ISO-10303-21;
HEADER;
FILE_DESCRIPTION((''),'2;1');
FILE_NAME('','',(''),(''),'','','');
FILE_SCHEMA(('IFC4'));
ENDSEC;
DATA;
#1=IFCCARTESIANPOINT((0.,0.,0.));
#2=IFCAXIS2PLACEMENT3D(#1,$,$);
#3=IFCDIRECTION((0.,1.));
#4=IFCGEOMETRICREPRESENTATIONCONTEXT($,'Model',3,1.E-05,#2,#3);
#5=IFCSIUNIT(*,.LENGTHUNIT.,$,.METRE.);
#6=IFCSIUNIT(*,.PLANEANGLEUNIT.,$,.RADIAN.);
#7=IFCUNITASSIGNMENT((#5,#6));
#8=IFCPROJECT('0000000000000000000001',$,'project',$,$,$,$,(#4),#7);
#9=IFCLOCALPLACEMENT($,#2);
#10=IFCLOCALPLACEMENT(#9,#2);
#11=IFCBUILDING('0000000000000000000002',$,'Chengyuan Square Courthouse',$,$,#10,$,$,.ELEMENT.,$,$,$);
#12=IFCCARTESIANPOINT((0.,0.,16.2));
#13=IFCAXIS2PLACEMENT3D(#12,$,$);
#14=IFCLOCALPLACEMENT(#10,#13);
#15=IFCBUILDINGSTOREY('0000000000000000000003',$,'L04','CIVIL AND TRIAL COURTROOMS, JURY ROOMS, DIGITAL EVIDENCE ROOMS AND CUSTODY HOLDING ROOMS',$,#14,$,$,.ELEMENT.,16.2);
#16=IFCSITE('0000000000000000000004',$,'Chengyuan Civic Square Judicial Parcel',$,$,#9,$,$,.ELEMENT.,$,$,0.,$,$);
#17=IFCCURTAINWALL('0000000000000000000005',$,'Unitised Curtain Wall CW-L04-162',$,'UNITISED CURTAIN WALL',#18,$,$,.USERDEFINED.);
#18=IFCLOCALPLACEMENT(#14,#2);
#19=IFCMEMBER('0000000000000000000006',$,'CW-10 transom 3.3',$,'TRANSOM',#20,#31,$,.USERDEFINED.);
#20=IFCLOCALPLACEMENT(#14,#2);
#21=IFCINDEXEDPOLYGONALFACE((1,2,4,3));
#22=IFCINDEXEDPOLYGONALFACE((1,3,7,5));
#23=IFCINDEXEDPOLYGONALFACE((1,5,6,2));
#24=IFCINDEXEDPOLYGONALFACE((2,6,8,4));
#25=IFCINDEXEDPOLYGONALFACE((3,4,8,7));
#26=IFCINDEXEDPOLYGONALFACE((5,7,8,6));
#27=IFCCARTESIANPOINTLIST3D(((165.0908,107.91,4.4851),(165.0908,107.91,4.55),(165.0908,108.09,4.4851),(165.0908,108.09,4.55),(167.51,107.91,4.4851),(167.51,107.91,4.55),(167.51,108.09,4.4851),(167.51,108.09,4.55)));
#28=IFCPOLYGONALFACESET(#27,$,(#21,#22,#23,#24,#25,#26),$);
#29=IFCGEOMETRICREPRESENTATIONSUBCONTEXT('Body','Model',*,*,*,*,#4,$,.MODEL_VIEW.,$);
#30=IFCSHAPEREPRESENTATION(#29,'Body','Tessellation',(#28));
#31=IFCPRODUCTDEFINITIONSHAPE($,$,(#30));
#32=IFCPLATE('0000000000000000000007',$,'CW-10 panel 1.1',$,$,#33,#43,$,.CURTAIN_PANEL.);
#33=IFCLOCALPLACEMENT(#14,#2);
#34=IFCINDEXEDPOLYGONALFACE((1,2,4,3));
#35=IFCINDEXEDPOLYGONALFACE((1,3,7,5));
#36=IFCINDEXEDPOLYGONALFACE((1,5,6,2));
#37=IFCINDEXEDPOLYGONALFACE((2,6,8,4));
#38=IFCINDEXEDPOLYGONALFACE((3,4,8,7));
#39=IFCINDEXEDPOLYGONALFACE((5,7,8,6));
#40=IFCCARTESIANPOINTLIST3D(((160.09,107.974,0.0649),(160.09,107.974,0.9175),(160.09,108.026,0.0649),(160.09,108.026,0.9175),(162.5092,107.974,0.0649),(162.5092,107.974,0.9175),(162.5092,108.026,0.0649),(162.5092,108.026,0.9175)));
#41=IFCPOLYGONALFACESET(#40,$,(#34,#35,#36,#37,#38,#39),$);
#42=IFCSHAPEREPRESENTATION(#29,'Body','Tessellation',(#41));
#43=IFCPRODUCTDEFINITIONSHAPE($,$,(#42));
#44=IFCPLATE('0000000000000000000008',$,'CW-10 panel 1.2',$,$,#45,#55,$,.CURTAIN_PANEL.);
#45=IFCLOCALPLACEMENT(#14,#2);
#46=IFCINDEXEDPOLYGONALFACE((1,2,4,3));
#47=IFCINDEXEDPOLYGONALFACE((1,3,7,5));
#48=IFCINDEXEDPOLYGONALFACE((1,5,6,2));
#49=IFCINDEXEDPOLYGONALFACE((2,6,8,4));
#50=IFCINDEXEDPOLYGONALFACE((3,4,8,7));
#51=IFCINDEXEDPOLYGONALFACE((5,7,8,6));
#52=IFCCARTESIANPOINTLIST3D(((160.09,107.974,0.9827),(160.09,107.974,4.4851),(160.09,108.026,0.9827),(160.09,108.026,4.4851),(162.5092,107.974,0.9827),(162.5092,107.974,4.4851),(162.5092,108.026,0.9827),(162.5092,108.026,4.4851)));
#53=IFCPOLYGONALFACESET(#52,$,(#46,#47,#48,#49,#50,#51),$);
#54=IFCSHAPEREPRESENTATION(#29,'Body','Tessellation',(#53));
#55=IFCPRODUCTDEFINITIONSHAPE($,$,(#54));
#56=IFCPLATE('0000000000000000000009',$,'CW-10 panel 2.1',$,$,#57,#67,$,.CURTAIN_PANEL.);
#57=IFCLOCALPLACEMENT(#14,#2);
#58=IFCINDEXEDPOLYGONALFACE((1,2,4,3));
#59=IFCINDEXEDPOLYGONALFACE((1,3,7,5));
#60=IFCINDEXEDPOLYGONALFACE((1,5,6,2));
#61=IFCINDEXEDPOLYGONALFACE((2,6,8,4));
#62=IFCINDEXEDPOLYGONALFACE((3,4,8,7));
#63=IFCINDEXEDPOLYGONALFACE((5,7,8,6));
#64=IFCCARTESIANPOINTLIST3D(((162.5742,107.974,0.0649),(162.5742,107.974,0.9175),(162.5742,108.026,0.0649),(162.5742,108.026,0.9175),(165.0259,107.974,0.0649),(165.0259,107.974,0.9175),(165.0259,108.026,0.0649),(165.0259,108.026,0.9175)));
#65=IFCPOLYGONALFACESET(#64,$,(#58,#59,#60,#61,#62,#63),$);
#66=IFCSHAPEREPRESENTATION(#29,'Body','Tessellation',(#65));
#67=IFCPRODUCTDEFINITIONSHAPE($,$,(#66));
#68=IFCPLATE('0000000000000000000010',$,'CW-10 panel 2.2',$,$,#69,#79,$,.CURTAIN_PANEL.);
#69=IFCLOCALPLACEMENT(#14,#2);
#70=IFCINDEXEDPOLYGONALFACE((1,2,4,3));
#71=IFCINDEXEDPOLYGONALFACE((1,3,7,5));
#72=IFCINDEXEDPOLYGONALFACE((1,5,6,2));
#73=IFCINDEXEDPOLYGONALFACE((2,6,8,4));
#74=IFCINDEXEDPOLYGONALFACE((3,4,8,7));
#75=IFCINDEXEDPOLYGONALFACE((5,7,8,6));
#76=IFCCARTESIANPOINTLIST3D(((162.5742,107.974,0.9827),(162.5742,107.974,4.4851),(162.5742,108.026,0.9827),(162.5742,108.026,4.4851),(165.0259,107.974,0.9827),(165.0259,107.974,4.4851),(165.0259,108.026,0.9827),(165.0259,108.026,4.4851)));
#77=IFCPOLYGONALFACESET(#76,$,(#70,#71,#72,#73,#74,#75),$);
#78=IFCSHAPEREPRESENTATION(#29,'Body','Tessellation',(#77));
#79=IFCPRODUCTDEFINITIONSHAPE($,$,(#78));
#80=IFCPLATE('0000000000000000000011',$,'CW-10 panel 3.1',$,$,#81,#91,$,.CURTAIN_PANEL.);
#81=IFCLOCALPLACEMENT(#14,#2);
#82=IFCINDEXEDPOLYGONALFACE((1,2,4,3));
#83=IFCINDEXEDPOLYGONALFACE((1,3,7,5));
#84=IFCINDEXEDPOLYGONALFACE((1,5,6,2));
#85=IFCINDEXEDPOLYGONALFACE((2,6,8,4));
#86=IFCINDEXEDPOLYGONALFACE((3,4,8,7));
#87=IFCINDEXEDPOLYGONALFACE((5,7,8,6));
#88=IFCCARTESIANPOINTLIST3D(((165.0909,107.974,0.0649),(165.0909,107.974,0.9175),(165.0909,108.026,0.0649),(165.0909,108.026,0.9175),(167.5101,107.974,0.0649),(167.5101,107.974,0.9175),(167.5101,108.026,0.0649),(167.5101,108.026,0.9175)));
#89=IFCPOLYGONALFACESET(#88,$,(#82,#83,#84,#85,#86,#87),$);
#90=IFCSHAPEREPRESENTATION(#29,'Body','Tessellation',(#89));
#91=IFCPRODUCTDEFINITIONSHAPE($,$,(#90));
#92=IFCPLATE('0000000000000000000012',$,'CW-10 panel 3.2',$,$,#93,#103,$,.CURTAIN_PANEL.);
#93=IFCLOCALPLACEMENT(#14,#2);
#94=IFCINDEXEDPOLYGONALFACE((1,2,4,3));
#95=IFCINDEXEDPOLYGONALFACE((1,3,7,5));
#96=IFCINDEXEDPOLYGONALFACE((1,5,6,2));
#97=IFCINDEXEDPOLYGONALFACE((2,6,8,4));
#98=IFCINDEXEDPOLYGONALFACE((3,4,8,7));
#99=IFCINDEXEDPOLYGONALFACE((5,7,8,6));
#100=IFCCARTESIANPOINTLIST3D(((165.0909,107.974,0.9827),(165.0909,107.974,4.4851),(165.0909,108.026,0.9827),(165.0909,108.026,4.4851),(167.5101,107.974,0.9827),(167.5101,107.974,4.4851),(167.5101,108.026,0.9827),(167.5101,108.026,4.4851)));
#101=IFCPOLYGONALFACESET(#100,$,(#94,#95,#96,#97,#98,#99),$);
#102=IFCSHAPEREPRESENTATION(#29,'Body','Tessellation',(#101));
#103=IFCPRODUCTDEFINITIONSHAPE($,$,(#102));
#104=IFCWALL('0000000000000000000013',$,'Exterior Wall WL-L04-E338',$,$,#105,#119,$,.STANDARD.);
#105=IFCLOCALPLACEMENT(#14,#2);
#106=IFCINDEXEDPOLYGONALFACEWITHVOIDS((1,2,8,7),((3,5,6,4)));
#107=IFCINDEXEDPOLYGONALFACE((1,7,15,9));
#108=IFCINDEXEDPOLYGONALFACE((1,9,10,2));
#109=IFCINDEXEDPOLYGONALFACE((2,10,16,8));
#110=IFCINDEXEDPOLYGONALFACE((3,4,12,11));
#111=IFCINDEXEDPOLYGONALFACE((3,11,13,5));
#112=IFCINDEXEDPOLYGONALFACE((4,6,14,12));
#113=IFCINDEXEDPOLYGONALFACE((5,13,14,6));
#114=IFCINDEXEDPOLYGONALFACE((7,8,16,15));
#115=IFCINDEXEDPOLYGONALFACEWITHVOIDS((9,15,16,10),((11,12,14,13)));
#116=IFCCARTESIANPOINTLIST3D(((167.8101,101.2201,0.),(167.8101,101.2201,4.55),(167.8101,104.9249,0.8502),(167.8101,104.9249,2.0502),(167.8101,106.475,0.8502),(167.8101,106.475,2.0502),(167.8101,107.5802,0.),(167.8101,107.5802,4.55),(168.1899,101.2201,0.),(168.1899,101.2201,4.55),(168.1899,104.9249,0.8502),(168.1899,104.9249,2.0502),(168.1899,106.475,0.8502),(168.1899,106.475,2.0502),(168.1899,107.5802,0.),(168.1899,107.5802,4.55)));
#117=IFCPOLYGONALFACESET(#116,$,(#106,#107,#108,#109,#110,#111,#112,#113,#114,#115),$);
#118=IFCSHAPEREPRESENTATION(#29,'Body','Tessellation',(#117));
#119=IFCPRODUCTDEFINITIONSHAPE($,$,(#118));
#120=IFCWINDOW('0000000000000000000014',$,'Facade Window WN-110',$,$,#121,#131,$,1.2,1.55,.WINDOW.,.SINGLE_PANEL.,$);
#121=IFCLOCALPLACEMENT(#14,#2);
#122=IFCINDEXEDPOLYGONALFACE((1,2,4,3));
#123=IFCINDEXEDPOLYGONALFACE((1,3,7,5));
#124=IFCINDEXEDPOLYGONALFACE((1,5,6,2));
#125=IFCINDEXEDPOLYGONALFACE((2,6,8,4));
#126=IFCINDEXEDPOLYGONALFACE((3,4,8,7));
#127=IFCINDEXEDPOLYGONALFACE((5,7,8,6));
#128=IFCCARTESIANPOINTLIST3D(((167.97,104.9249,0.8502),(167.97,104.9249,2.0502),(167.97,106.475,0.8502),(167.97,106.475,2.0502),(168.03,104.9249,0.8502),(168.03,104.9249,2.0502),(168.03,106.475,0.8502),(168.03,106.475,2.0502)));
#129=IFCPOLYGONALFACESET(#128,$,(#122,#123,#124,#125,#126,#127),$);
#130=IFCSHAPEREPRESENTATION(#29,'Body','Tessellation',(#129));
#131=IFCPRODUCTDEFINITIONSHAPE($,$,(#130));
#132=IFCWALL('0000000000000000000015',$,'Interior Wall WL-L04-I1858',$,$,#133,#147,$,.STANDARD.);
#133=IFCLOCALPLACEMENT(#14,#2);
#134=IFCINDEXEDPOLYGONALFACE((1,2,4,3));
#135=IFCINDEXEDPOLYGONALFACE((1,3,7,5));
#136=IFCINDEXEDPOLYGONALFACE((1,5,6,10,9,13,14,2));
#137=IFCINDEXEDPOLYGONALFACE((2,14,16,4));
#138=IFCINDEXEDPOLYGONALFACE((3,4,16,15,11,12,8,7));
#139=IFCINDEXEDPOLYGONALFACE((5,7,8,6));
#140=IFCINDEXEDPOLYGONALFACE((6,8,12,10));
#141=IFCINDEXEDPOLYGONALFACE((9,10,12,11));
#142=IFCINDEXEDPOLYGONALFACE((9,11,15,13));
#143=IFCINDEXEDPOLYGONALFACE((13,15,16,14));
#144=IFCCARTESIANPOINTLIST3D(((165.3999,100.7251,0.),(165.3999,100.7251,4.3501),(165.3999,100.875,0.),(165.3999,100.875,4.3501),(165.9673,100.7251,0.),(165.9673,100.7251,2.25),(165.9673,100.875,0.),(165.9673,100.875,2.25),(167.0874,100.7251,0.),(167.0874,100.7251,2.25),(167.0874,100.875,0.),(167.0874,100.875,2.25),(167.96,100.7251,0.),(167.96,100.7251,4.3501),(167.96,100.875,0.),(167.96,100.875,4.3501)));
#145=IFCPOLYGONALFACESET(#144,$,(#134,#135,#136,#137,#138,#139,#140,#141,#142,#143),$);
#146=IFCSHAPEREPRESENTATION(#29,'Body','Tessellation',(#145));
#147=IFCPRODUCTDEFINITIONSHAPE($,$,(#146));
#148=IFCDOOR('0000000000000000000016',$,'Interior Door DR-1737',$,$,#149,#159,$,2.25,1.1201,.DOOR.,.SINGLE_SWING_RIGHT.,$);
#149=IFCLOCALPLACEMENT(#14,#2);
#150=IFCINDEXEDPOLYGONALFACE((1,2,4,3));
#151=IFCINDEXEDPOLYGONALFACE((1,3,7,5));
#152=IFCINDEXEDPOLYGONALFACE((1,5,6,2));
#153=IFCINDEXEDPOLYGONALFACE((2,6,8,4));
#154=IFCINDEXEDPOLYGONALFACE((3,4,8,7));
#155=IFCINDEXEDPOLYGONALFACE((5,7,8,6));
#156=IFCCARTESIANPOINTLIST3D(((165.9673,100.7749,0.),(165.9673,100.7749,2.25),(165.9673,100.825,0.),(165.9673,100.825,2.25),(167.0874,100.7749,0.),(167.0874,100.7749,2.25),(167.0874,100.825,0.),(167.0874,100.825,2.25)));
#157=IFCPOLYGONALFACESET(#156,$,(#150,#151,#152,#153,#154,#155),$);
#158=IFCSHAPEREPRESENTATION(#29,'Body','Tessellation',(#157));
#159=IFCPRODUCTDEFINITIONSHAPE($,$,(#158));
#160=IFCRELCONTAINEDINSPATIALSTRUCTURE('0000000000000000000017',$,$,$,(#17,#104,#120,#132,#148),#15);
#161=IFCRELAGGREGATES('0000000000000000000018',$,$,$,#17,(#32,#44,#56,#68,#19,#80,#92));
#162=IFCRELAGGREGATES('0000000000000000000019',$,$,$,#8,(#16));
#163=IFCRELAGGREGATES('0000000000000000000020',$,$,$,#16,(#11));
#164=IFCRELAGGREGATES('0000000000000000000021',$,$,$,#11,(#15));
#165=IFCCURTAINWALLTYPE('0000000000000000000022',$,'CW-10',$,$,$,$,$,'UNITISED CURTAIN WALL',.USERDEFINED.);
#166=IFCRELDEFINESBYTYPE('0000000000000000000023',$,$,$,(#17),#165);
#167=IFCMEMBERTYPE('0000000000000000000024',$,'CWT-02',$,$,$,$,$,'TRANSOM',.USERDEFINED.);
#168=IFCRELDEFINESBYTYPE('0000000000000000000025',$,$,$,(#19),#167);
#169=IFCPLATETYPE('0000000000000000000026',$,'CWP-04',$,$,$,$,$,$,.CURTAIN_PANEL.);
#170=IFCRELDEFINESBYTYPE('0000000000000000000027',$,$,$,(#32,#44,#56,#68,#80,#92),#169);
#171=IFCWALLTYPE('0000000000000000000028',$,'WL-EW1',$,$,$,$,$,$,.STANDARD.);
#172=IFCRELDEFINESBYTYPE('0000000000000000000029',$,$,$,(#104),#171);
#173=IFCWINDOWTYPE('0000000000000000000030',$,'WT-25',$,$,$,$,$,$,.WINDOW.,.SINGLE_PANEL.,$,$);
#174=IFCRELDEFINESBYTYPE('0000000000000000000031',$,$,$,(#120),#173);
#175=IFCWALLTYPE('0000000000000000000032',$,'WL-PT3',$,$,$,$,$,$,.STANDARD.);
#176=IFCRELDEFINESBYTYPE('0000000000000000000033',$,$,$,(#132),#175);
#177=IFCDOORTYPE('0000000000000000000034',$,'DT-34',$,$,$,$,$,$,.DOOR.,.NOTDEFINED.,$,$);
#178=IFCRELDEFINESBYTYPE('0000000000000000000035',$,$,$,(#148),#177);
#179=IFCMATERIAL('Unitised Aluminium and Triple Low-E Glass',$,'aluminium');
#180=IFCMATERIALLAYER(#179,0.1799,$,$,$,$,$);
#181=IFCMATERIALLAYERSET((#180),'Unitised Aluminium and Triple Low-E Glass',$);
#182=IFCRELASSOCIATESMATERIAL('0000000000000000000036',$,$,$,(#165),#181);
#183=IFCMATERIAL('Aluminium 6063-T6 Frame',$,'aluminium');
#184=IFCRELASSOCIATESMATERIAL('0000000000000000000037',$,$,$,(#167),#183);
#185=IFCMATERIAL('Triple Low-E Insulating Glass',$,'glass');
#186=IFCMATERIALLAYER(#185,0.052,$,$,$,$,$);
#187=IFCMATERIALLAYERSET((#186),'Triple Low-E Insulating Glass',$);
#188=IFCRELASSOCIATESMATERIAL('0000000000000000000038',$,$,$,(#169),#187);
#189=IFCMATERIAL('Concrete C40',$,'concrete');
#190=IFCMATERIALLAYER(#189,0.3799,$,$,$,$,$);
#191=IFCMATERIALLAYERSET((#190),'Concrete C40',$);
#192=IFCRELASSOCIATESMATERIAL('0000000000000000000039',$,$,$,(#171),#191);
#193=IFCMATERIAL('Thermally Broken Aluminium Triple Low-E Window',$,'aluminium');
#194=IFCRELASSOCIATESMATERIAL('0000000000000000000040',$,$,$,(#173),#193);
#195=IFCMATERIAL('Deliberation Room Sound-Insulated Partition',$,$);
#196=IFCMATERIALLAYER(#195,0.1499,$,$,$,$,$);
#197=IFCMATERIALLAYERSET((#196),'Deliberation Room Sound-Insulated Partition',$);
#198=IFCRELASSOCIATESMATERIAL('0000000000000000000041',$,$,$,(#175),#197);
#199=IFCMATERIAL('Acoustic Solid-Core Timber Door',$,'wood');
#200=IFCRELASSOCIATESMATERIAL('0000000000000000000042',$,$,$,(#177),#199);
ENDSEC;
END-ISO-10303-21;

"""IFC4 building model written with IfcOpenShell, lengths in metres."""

from ifc_helpers import new_model, si_unit, direction, frame, frame_2d, origin, origin_2d, place, context, subcontext, project, spatial, rectangle, extrude, material, layer, layer_set, material_profile, profile_set, type_object, element, fill, aggregate, save


model = new_model("IFC4")

# Units and contexts
model_context = context("Model", 3, precision=1e-05, world=origin(), true_north=direction((0.0, 1.0)))
body_context = subcontext(model_context, "Body", "Model", "MODEL_VIEW")
ifc_project = project(units=[si_unit("LENGTHUNIT", "METRE"), si_unit("PLANEANGLEUNIT", "RADIAN")], contexts=[model_context])

# Site, building, storey
site_placement = place(None, origin())
site = spatial("IfcSite", under=ifc_project, at=site_placement, Name="Chengyuan Civic Square Judicial Parcel", CompositionType="ELEMENT", RefElevation=0.0)
building_placement = place(site_placement, origin())
building = spatial("IfcBuilding", under=site, at=building_placement, Name="Chengyuan Square Courthouse", CompositionType="ELEMENT")
storey_placement = place(building_placement, frame((0.0, 0.0, 16.2)))
storey = spatial("IfcBuildingStorey", under=building, at=storey_placement, Name="L04", Description="CIVIL AND TRIAL COURTROOMS, JURY ROOMS, DIGITAL EVIDENCE ROOMS AND CUSTODY HOLDING ROOMS", CompositionType="ELEMENT", Elevation=16.2)

# Shared definitions
ifc_material_1 = material(Name="Concrete C40", Category="concrete")

# Curtain wall, member, plates
ifc_material_2 = material(Name="Unitised Aluminium and Triple Low-E Glass", Category="aluminium")
ifc_layer_1 = layer(ifc_material_2, 0.1799)
ifc_layer_set_1 = layer_set([ifc_layer_1], Name="Unitised Aluminium and Triple Low-E Glass")
curtain_wall_type = type_object("IfcCurtainWallType", Name="CW-10", ElementType="UNITISED CURTAIN WALL", PredefinedType="USERDEFINED", material=ifc_layer_set_1)
curtain_wall_placement = place(storey_placement, origin())
curtain_wall = element("IfcCurtainWall", 1, at=curtain_wall_placement, inside=storey, type_object=curtain_wall_type, Name="Unitised Curtain Wall CW-L04-162", ObjectType="UNITISED CURTAIN WALL", PredefinedType="USERDEFINED")
ifc_material_3 = material(Name="Aluminium 6063-T6 Frame", Category="aluminium")
ifc_material_profile_1 = material_profile(ifc_material_3, rectangle(XDim=0.1799, YDim=0.0649, at=origin_2d()), Name="CW-TRN-65x140")
ifc_profile_set_1 = profile_set([ifc_material_profile_1], Name="Aluminium 6063-T6 Frame")
member_type_1 = type_object("IfcMemberType", Name="CWT-02", ElementType="TRANSOM", PredefinedType="USERDEFINED", material=ifc_profile_set_1)
member_1_placement = place(storey_placement, frame((165.0908, 108.0, 4.5176), z_axis=(1.0, 0.0, 0.0), x_axis=(0.0, 1.0, 0.0)))
member_1 = element("IfcMember", 2, at=member_1_placement, type_object=member_type_1, Name="CW-10 transom 3.3", ObjectType="TRANSOM", PredefinedType="USERDEFINED", context=body_context, shape_type="SweptSolid", body=[
    extrude(rectangle(XDim=0.1799, YDim=0.0649, at=origin_2d()), origin(), (0.0, 0.0, 1.0), 2.4192),
])
ifc_material_4 = material(Name="Triple Low-E Insulating Glass", Category="glass")
ifc_layer_2 = layer(ifc_material_4, 0.052)
ifc_layer_set_2 = layer_set([ifc_layer_2], Name="Triple Low-E Insulating Glass")
plate_type = type_object("IfcPlateType", Name="CWP-04", PredefinedType="CURTAIN_PANEL", material=ifc_layer_set_2)
plate_1_placement = place(storey_placement, frame((161.2996, 108.0, 0.0649), z_axis=(0.0, 0.0, 1.0), x_axis=(1.0, 0.0, 0.0)))
plate_1 = element("IfcPlate", 3, at=plate_1_placement, type_object=plate_type, Name="CW-10 panel 1.1", PredefinedType="CURTAIN_PANEL", context=body_context, shape_type="SweptSolid", body=[
    extrude(rectangle(XDim=2.4192, YDim=0.052, at=origin_2d()), origin(), (0.0, 0.0, 1.0), 0.8525),
])
plate_2_placement = place(storey_placement, frame((161.2996, 108.0, 0.9827), z_axis=(0.0, 0.0, 1.0), x_axis=(1.0, 0.0, 0.0)))
plate_2 = element("IfcPlate", 4, at=plate_2_placement, type_object=plate_type, Name="CW-10 panel 1.2", PredefinedType="CURTAIN_PANEL", context=body_context, shape_type="SweptSolid", body=[
    extrude(rectangle(XDim=2.4192, YDim=0.052, at=origin_2d()), origin(), (0.0, 0.0, 1.0), 3.5024),
])
plate_3_placement = place(storey_placement, frame((163.8, 108.0, 0.0649), z_axis=(0.0, 0.0, 1.0), x_axis=(1.0, 0.0, 0.0)))
plate_3 = element("IfcPlate", 5, at=plate_3_placement, type_object=plate_type, Name="CW-10 panel 2.1", PredefinedType="CURTAIN_PANEL", context=body_context, shape_type="SweptSolid", body=[
    extrude(rectangle(XDim=2.4517, YDim=0.052, at=origin_2d()), origin(), (0.0, 0.0, 1.0), 0.8525),
])
plate_4_placement = place(storey_placement, frame((163.8, 108.0, 0.9827), z_axis=(0.0, 0.0, 1.0), x_axis=(1.0, 0.0, 0.0)))
plate_4 = element("IfcPlate", 6, at=plate_4_placement, type_object=plate_type, Name="CW-10 panel 2.2", PredefinedType="CURTAIN_PANEL", context=body_context, shape_type="SweptSolid", body=[
    extrude(rectangle(XDim=2.4517, YDim=0.052, at=origin_2d()), origin(), (0.0, 0.0, 1.0), 3.5024),
])
plate_5_placement = place(storey_placement, frame((166.3005, 108.0, 0.0649), z_axis=(0.0, 0.0, 1.0), x_axis=(1.0, 0.0, 0.0)))
plate_5 = element("IfcPlate", 7, at=plate_5_placement, type_object=plate_type, Name="CW-10 panel 3.1", PredefinedType="CURTAIN_PANEL", context=body_context, shape_type="SweptSolid", body=[
    extrude(rectangle(XDim=2.4192, YDim=0.052, at=origin_2d()), origin(), (0.0, 0.0, 1.0), 0.8525),
])
plate_6_placement = place(storey_placement, frame((166.3005, 108.0, 0.9827), z_axis=(0.0, 0.0, 1.0), x_axis=(1.0, 0.0, 0.0)))
plate_6 = element("IfcPlate", 8, at=plate_6_placement, type_object=plate_type, Name="CW-10 panel 3.2", PredefinedType="CURTAIN_PANEL", context=body_context, shape_type="SweptSolid", body=[
    extrude(rectangle(XDim=2.4192, YDim=0.052, at=origin_2d()), origin(), (0.0, 0.0, 1.0), 3.5024),
])
aggregate(curtain_wall, [plate_1, plate_2, plate_3, plate_4, member_1, plate_5, plate_6])

# Wall, opening, window
ifc_layer_3 = layer(ifc_material_1, 0.3799)
ifc_layer_set_3 = layer_set([ifc_layer_3], Name="Concrete C40")
wall_type_1 = type_object("IfcWallType", Name="WL-EW1", PredefinedType="STANDARD", material=ifc_layer_set_3)
wall_1_placement = place(storey_placement, frame((168.0, 101.22, 0.0), z_axis=(0.0, 0.0, 1.0), x_axis=(0.0, 1.0, 0.0)))
wall_1 = element("IfcWall", 9, at=wall_1_placement, inside=storey, type_object=wall_type_1, Name="Exterior Wall WL-L04-E338", PredefinedType="STANDARD", context=body_context, shape_type="SweptSolid", body=[
    extrude(rectangle(XDim=6.3601, YDim=0.3799, at=frame_2d((3.1802, 0.0))), origin(), (0.0, 0.0, 1.0), 4.55),
])
opening_1_placement = place(wall_1_placement, frame((3.7051, 0.0, 0.8501)))
opening_1 = element("IfcOpeningElement", 10, at=opening_1_placement, cuts=wall_1, PredefinedType="OPENING", context=body_context, shape_type="SweptSolid", body=[
    extrude(rectangle(XDim=1.55, YDim=1.2, at=frame_2d((0.7749, 0.6001))), frame((0.0, 0.2019, 0.0), z_axis=(0.0, -1.0, 0.0), x_axis=(1.0, 0.0, 0.0)), (0.0, 0.0, 1.0), 0.4038),
])
ifc_material_5 = material(Name="Thermally Broken Aluminium Triple Low-E Window", Category="aluminium")
window_type = type_object("IfcWindowType", Name="WT-25", PartitioningType="SINGLE_PANEL", PredefinedType="WINDOW", material=ifc_material_5)
window_placement = place(opening_1_placement, origin())
window = element("IfcWindow", 11, at=window_placement, inside=storey, type_object=window_type, Name="Facade Window WN-110", OverallHeight=1.2, OverallWidth=1.55, PartitioningType="SINGLE_PANEL", PredefinedType="WINDOW", context=body_context, shape_type="SweptSolid", body=[
    extrude(rectangle(XDim=1.55, YDim=1.2, at=frame_2d((0.7749, 0.6001))), frame((0.0, 0.03, 0.0), z_axis=(0.0, -1.0, 0.0), x_axis=(1.0, 0.0, 0.0)), (0.0, 0.0, 1.0), 0.0601),
])
fill(opening_1, window)

# Wall, opening, door
ifc_material_6 = material(Name="Deliberation Room Sound-Insulated Partition")
ifc_layer_4 = layer(ifc_material_6, 0.1499)
ifc_layer_set_4 = layer_set([ifc_layer_4], Name="Deliberation Room Sound-Insulated Partition")
wall_type_2 = type_object("IfcWallType", Name="WL-PT3", PredefinedType="STANDARD", material=ifc_layer_set_4)
ifc_material_7 = material(Name="Acoustic Solid-Core Timber Door", Category="wood")
wall_2_placement = place(storey_placement, frame((165.3999, 100.8, 0.0), z_axis=(0.0, 0.0, 1.0), x_axis=(1.0, 0.0, 0.0)))
wall_2 = element("IfcWall", 12, at=wall_2_placement, inside=storey, type_object=wall_type_2, Name="Interior Wall WL-L04-I1858", PredefinedType="STANDARD", context=body_context, shape_type="SweptSolid", body=[
    extrude(rectangle(XDim=2.5601, YDim=0.1499, at=frame_2d((1.28, 0.0))), origin(), (0.0, 0.0, 1.0), 4.3501),
])
opening_2_placement = place(wall_2_placement, frame((0.5674, 0.0, 0.0)))
opening_2 = element("IfcOpeningElement", 13, at=opening_2_placement, cuts=wall_2, PredefinedType="OPENING", context=body_context, shape_type="SweptSolid", body=[
    extrude(rectangle(XDim=1.1201, YDim=2.25, at=frame_2d((0.5601, 1.125))), frame((0.0, 0.0869, 0.0), z_axis=(0.0, -1.0, 0.0), x_axis=(1.0, 0.0, 0.0)), (0.0, 0.0, 1.0), 0.1738),
])
door_type_1 = type_object("IfcDoorType", Name="DT-34", OperationType="NOTDEFINED", PredefinedType="DOOR", material=ifc_material_7)
door_1_placement = place(opening_2_placement, origin())
door_1 = element("IfcDoor", 14, at=door_1_placement, inside=storey, type_object=door_type_1, Name="Interior Door DR-1737", OperationType="SINGLE_SWING_RIGHT", OverallHeight=2.25, OverallWidth=1.1201, PredefinedType="DOOR", context=body_context, shape_type="SweptSolid", body=[
    extrude(rectangle(XDim=1.1201, YDim=2.25, at=frame_2d((0.5601, 1.125))), frame((0.0, 0.0249, 0.0), z_axis=(0.0, -1.0, 0.0), x_axis=(1.0, 0.0, 0.0)), (0.0, 0.0, 1.0), 0.05),
])
fill(opening_2, door_1)

save(model, "model.ifc")
